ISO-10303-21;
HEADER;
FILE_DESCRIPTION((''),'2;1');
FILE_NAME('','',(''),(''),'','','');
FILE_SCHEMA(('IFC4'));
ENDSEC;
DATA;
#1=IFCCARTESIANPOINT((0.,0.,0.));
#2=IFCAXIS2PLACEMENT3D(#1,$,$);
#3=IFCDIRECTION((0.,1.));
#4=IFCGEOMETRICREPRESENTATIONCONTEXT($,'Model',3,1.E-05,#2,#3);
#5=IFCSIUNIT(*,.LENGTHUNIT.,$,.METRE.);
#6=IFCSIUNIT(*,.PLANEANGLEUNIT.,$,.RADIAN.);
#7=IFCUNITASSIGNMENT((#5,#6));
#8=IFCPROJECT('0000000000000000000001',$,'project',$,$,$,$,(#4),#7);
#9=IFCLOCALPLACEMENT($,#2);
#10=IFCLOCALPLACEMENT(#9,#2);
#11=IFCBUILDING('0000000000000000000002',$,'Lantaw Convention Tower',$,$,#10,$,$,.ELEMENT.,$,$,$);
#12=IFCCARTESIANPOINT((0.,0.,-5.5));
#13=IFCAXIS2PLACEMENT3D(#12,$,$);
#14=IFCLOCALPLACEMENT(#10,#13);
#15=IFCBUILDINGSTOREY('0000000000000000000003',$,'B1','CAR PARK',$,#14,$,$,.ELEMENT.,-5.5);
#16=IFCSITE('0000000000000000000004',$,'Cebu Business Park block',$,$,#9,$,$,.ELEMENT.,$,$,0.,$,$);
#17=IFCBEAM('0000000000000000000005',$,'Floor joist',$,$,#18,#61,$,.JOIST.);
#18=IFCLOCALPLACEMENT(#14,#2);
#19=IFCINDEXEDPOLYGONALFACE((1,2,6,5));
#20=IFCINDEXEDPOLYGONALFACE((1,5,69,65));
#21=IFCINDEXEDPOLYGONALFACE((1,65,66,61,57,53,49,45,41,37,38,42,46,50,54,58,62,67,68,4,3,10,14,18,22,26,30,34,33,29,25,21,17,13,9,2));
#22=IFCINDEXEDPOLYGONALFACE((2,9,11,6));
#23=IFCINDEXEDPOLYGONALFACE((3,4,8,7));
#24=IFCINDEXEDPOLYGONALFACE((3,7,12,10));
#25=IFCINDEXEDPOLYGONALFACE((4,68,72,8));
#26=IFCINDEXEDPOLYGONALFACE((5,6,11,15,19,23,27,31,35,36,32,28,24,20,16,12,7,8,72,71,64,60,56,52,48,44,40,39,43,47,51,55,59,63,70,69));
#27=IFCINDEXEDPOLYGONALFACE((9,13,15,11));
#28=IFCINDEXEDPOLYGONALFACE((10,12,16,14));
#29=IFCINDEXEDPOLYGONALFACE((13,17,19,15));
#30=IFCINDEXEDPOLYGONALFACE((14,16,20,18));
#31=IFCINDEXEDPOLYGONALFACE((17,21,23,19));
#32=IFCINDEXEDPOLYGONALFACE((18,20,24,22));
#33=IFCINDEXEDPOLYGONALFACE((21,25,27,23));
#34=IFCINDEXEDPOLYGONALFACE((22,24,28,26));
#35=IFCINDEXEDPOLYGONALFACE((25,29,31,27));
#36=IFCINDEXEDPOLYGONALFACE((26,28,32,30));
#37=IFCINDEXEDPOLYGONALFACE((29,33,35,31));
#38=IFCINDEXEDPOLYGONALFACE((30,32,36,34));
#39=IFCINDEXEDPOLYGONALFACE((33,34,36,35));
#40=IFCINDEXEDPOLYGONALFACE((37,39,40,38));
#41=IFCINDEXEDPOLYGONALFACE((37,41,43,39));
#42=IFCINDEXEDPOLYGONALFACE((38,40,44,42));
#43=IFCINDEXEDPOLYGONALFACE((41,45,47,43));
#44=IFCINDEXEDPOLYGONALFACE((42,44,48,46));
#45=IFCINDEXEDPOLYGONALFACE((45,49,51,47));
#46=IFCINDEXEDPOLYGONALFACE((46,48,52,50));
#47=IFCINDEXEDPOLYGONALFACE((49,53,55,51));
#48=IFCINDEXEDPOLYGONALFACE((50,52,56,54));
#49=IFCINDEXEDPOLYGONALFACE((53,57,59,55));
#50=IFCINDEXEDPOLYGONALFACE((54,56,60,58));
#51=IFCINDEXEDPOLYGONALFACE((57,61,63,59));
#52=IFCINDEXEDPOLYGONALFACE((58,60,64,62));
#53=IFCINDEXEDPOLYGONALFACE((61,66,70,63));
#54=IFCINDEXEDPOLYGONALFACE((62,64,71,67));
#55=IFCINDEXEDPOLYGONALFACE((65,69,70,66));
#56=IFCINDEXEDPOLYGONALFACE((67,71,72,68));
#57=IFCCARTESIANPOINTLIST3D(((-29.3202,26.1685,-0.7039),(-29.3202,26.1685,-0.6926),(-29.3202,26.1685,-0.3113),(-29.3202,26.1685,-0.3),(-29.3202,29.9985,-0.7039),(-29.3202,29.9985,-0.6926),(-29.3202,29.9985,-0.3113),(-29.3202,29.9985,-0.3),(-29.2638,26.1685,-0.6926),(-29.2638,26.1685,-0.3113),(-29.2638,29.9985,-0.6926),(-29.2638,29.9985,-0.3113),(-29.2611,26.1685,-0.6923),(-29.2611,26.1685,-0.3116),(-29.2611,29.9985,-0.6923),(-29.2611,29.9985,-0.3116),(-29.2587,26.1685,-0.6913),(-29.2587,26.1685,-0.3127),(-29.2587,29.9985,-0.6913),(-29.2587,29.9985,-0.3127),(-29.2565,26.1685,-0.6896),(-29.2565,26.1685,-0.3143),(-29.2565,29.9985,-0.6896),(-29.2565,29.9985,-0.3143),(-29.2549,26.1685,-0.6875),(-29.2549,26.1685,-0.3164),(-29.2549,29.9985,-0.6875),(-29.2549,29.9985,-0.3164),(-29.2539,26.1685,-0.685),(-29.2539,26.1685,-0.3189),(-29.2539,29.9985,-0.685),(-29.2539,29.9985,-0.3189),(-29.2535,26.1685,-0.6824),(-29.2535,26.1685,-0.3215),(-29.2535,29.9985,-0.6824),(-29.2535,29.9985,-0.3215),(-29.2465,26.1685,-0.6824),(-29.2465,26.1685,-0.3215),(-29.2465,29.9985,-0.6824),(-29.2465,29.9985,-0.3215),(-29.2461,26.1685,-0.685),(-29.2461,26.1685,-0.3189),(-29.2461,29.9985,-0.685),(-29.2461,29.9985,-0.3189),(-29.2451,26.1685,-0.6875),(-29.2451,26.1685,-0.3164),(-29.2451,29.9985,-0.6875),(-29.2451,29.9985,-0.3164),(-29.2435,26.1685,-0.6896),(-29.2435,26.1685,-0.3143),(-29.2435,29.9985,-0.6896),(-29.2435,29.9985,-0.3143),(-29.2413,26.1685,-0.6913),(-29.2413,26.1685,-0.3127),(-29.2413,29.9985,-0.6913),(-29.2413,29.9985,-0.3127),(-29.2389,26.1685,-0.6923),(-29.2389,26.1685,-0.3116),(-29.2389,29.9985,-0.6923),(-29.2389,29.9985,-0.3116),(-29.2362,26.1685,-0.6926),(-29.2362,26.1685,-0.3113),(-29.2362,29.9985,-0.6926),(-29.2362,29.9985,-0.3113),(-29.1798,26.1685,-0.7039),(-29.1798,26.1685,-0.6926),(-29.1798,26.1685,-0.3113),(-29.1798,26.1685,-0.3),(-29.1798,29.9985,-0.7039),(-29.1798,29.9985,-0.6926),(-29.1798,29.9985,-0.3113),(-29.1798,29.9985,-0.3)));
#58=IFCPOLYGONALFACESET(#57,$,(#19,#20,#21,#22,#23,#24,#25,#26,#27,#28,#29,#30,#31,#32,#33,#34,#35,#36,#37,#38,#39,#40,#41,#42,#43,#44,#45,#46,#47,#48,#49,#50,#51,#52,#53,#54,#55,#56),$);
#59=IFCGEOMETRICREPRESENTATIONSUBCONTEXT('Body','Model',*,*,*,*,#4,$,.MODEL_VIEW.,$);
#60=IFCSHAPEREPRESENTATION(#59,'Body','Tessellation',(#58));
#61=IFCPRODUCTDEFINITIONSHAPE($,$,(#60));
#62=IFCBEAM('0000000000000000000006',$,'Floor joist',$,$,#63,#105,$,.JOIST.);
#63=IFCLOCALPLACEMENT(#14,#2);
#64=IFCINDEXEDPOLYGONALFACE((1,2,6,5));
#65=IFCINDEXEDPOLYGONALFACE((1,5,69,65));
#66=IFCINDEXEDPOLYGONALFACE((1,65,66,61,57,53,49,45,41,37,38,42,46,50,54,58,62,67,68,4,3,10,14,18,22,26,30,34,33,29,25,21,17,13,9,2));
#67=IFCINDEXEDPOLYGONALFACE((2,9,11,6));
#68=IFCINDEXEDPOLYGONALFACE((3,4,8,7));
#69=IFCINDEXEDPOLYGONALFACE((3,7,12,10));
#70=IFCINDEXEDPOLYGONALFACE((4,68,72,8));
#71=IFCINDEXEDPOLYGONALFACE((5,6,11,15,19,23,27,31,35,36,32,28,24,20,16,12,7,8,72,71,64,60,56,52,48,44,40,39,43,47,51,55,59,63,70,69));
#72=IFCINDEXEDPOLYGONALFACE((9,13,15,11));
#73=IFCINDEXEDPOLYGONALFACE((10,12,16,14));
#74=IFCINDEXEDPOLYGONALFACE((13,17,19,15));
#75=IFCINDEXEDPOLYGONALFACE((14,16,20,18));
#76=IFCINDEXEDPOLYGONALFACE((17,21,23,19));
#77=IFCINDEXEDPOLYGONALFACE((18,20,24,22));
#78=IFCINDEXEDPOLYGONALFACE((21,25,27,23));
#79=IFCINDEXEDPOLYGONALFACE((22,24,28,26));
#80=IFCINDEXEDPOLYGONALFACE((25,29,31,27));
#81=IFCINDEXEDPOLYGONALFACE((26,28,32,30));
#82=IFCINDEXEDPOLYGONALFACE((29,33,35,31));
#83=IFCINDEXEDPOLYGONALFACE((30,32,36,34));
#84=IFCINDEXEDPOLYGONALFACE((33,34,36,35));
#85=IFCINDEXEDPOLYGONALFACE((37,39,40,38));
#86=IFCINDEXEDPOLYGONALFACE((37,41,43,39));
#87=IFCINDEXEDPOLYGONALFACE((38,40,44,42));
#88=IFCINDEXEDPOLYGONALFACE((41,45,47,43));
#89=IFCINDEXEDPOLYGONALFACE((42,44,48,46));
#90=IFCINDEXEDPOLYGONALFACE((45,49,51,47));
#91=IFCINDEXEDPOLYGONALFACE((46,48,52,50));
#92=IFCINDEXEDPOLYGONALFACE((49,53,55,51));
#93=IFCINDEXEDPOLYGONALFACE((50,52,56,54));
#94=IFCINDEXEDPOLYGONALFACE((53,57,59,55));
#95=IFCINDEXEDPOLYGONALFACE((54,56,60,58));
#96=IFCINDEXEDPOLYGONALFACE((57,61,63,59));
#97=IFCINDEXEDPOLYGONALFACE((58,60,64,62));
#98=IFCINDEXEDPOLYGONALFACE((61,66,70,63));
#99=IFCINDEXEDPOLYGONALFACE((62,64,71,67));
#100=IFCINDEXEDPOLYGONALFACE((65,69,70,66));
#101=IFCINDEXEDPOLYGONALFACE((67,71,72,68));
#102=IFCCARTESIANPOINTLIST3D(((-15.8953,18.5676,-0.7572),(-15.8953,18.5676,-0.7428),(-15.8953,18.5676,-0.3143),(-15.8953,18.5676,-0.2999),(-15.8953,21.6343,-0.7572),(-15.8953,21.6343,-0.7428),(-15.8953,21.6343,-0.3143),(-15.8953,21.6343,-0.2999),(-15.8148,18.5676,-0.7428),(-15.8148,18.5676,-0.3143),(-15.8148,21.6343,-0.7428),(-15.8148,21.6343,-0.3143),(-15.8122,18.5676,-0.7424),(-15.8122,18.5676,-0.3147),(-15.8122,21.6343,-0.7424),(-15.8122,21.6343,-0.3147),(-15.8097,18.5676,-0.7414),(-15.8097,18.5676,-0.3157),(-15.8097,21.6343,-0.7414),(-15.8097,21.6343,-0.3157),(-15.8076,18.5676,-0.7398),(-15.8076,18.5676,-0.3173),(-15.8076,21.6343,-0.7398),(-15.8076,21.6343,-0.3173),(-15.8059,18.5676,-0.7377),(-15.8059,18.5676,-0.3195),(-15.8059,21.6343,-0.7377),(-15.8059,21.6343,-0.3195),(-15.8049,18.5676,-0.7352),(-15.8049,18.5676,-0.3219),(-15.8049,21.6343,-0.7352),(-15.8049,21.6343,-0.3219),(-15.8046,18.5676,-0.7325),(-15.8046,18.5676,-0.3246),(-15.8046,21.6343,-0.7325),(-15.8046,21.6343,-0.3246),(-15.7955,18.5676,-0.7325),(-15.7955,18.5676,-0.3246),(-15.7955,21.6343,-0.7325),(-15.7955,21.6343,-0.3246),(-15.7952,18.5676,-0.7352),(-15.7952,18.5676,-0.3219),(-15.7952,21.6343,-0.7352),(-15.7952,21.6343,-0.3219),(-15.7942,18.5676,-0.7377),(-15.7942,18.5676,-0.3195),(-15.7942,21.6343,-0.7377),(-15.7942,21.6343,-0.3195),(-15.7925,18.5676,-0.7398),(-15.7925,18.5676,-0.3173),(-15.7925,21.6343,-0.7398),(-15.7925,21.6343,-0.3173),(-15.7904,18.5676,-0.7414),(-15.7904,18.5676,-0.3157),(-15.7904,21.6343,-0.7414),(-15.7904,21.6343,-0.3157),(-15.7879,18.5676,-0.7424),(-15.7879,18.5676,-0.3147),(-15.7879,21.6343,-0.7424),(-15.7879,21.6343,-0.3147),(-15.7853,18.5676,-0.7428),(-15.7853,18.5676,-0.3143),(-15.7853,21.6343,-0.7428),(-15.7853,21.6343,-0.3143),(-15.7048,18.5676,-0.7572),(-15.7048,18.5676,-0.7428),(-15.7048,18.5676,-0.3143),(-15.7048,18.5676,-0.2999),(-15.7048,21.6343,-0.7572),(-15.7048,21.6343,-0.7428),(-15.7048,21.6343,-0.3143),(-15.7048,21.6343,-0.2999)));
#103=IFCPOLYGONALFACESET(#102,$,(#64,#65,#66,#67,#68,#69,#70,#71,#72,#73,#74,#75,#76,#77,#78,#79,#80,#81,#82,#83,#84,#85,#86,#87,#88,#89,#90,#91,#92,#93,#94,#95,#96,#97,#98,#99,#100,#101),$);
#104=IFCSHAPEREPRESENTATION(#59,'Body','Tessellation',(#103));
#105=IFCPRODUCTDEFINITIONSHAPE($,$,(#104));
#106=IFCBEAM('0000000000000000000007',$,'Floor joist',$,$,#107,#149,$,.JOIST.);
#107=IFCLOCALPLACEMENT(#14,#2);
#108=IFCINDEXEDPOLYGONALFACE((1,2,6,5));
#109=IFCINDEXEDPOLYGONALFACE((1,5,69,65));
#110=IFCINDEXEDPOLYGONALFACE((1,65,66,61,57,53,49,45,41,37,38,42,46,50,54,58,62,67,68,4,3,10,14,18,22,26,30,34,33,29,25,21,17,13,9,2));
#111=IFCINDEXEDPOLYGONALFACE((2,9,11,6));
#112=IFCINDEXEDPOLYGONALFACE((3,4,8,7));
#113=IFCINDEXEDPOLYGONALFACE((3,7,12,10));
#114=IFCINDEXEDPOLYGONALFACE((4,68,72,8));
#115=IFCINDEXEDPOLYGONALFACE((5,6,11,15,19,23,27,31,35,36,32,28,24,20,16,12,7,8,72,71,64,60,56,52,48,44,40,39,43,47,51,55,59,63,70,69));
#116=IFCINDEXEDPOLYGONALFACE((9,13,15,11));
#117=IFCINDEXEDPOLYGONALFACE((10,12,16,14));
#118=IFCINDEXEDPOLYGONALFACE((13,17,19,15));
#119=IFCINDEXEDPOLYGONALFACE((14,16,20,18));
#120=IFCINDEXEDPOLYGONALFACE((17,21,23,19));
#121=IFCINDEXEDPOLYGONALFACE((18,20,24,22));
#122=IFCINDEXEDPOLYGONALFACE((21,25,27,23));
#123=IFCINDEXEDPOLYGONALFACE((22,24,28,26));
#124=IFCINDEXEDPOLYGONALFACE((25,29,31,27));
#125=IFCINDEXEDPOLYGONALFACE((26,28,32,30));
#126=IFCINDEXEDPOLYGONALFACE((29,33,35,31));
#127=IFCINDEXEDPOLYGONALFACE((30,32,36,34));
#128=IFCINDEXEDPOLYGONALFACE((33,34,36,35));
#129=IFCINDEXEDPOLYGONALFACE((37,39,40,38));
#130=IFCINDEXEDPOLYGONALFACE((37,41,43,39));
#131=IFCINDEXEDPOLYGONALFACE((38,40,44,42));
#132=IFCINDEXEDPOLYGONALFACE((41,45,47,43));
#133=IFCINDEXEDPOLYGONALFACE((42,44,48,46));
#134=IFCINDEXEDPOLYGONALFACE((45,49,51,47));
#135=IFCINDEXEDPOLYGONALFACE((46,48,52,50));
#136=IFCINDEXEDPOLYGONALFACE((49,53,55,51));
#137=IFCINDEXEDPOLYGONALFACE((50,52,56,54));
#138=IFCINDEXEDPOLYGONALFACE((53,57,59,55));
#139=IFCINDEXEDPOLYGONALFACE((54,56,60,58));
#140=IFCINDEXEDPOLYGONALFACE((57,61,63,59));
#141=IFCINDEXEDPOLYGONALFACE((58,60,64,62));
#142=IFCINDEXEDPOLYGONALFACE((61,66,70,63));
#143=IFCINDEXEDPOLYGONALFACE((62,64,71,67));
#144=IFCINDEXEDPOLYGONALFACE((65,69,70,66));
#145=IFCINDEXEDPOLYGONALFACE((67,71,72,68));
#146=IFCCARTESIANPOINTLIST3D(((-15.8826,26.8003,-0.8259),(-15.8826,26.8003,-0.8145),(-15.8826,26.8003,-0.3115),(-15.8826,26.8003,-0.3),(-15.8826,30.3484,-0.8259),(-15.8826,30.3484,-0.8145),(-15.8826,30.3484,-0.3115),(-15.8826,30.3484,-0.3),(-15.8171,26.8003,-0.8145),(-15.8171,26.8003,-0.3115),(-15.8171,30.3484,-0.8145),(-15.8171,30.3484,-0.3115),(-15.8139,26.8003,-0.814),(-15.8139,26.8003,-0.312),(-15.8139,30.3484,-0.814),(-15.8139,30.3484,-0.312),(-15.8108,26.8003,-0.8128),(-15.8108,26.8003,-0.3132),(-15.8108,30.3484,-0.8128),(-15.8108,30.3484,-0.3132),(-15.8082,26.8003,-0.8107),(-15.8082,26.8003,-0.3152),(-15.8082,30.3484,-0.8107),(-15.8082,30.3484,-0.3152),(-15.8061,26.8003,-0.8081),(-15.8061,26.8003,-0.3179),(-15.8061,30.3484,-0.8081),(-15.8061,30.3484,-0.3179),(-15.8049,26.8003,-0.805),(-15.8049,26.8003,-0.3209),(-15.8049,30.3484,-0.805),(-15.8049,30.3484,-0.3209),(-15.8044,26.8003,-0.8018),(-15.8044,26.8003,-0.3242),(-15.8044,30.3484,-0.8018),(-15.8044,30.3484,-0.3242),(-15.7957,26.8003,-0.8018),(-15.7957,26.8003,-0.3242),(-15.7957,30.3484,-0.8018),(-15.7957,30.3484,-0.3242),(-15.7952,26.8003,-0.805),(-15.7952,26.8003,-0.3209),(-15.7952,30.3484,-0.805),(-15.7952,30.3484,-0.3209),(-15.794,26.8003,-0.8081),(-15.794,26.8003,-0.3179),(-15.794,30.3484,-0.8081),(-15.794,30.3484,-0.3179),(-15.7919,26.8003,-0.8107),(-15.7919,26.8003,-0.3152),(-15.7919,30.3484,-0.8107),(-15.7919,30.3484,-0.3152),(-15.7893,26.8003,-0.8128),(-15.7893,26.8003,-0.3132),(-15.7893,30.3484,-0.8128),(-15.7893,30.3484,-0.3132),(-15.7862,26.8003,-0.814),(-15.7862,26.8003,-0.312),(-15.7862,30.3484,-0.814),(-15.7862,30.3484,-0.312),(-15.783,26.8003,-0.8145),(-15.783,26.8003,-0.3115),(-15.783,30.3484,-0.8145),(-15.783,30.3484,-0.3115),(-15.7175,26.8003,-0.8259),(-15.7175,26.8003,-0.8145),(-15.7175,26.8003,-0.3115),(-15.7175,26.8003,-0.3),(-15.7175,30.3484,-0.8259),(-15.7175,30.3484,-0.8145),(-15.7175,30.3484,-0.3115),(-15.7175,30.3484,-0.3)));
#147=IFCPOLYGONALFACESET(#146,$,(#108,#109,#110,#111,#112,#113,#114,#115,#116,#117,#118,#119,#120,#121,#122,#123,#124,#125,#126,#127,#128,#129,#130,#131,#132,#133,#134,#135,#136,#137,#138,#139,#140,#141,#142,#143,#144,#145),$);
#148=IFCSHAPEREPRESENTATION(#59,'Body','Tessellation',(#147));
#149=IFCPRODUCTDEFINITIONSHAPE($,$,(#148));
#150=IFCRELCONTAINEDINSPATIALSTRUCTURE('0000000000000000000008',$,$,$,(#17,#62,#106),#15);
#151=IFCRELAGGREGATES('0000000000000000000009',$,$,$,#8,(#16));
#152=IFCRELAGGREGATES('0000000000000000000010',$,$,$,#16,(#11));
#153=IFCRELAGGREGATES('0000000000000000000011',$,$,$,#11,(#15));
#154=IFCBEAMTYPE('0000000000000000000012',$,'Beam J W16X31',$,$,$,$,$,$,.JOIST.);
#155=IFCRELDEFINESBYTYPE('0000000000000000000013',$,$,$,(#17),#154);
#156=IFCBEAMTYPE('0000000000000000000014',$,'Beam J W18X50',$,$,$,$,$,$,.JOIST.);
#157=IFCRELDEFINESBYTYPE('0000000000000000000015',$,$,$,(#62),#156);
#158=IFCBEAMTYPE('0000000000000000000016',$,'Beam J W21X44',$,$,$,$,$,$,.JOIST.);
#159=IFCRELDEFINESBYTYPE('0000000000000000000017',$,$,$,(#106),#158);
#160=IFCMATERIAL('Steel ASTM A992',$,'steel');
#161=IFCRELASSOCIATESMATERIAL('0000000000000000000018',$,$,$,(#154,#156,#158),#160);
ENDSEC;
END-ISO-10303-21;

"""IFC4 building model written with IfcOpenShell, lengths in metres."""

from ifc_helpers import new_model, si_unit, direction, frame, origin, origin_2d, place, context, subcontext, project, spatial, i_section, extrude, material, material_profile, profile_set, type_object, element, save


model = new_model("IFC4")

# Units and contexts
model_context = context("Model", 3, precision=1e-05, world=origin(), true_north=direction((0.0, 1.0)))
body_context = subcontext(model_context, "Body", "Model", "MODEL_VIEW")
ifc_project = project(units=[si_unit("LENGTHUNIT", "METRE"), si_unit("PLANEANGLEUNIT", "RADIAN")], contexts=[model_context])

# Site, building, storey
site_placement = place(None, origin())
site = spatial("IfcSite", under=ifc_project, at=site_placement, Name="Cebu Business Park block", CompositionType="ELEMENT", RefElevation=0.0)
building_placement = place(site_placement, origin())
building = spatial("IfcBuilding", under=site, at=building_placement, Name="Lantaw Convention Tower", CompositionType="ELEMENT")
storey_placement = place(building_placement, frame((0.0, 0.0, -5.5)))
storey = spatial("IfcBuildingStorey", under=building, at=storey_placement, Name="B1", Description="CAR PARK", CompositionType="ELEMENT", Elevation=-5.5)

# Beams
ifc_material_1 = material(Name="Steel ASTM A992", Category="steel")
ifc_material_profile_1 = material_profile(ifc_material_1, i_section(OverallWidth=0.1404, OverallDepth=0.4038, WebThickness=0.0071, FlangeThickness=0.0112, FilletRadius=0.0103, at=origin_2d()), Name="W16X31")
ifc_profile_set_1 = profile_set([ifc_material_profile_1], Name="Steel ASTM A992")
beam_type_1 = type_object("IfcBeamType", Name="Beam J W16X31", PredefinedType="JOIST", material=ifc_profile_set_1)
beam_1_placement = place(storey_placement, frame((-29.25, 26.1685, -0.502), z_axis=(0.0, 1.0, 0.0), x_axis=(-1.0, 0.0, 0.0)))
element("IfcBeam", 1, at=beam_1_placement, inside=storey, type_object=beam_type_1, Name="Floor joist", PredefinedType="JOIST", context=body_context, shape_type="SweptSolid", body=[
    extrude(i_section(OverallWidth=0.1404, OverallDepth=0.4038, WebThickness=0.0071, FlangeThickness=0.0112, FilletRadius=0.0103, at=origin_2d()), origin(), (0.0, 0.0, 1.0), 3.8301),
])
ifc_material_profile_2 = material_profile(ifc_material_1, i_section(OverallWidth=0.1904, OverallDepth=0.4573, WebThickness=0.009, FlangeThickness=0.0144, FilletRadius=0.0103, at=origin_2d()), Name="W18X50")
ifc_profile_set_2 = profile_set([ifc_material_profile_2], Name="Steel ASTM A992")
beam_type_2 = type_object("IfcBeamType", Name="Beam J W18X50", PredefinedType="JOIST", material=ifc_profile_set_2)
beam_2_placement = place(storey_placement, frame((-15.8, 18.5676, -0.5286), z_axis=(0.0, 1.0, 0.0), x_axis=(-1.0, 0.0, 0.0)))
element("IfcBeam", 2, at=beam_2_placement, inside=storey, type_object=beam_type_2, Name="Floor joist", PredefinedType="JOIST", context=body_context, shape_type="SweptSolid", body=[
    extrude(i_section(OverallWidth=0.1904, OverallDepth=0.4573, WebThickness=0.009, FlangeThickness=0.0144, FilletRadius=0.0103, at=origin_2d()), origin(), (0.0, 0.0, 1.0), 3.0667),
])
ifc_material_profile_3 = material_profile(ifc_material_1, i_section(OverallWidth=0.165, OverallDepth=0.5259, WebThickness=0.0088, FlangeThickness=0.0115, FilletRadius=0.0127, at=origin_2d()), Name="W21X44")
ifc_profile_set_3 = profile_set([ifc_material_profile_3], Name="Steel ASTM A992")
beam_type_3 = type_object("IfcBeamType", Name="Beam J W21X44", PredefinedType="JOIST", material=ifc_profile_set_3)
beam_3_placement = place(storey_placement, frame((-15.8, 26.8003, -0.563), z_axis=(0.0, 1.0, 0.0), x_axis=(-1.0, 0.0, 0.0)))
element("IfcBeam", 3, at=beam_3_placement, inside=storey, type_object=beam_type_3, Name="Floor joist", PredefinedType="JOIST", context=body_context, shape_type="SweptSolid", body=[
    extrude(i_section(OverallWidth=0.165, OverallDepth=0.5259, WebThickness=0.0088, FlangeThickness=0.0115, FilletRadius=0.0127, at=origin_2d()), origin(), (0.0, 0.0, 1.0), 3.5481),
])

save(model, "model.ifc")
